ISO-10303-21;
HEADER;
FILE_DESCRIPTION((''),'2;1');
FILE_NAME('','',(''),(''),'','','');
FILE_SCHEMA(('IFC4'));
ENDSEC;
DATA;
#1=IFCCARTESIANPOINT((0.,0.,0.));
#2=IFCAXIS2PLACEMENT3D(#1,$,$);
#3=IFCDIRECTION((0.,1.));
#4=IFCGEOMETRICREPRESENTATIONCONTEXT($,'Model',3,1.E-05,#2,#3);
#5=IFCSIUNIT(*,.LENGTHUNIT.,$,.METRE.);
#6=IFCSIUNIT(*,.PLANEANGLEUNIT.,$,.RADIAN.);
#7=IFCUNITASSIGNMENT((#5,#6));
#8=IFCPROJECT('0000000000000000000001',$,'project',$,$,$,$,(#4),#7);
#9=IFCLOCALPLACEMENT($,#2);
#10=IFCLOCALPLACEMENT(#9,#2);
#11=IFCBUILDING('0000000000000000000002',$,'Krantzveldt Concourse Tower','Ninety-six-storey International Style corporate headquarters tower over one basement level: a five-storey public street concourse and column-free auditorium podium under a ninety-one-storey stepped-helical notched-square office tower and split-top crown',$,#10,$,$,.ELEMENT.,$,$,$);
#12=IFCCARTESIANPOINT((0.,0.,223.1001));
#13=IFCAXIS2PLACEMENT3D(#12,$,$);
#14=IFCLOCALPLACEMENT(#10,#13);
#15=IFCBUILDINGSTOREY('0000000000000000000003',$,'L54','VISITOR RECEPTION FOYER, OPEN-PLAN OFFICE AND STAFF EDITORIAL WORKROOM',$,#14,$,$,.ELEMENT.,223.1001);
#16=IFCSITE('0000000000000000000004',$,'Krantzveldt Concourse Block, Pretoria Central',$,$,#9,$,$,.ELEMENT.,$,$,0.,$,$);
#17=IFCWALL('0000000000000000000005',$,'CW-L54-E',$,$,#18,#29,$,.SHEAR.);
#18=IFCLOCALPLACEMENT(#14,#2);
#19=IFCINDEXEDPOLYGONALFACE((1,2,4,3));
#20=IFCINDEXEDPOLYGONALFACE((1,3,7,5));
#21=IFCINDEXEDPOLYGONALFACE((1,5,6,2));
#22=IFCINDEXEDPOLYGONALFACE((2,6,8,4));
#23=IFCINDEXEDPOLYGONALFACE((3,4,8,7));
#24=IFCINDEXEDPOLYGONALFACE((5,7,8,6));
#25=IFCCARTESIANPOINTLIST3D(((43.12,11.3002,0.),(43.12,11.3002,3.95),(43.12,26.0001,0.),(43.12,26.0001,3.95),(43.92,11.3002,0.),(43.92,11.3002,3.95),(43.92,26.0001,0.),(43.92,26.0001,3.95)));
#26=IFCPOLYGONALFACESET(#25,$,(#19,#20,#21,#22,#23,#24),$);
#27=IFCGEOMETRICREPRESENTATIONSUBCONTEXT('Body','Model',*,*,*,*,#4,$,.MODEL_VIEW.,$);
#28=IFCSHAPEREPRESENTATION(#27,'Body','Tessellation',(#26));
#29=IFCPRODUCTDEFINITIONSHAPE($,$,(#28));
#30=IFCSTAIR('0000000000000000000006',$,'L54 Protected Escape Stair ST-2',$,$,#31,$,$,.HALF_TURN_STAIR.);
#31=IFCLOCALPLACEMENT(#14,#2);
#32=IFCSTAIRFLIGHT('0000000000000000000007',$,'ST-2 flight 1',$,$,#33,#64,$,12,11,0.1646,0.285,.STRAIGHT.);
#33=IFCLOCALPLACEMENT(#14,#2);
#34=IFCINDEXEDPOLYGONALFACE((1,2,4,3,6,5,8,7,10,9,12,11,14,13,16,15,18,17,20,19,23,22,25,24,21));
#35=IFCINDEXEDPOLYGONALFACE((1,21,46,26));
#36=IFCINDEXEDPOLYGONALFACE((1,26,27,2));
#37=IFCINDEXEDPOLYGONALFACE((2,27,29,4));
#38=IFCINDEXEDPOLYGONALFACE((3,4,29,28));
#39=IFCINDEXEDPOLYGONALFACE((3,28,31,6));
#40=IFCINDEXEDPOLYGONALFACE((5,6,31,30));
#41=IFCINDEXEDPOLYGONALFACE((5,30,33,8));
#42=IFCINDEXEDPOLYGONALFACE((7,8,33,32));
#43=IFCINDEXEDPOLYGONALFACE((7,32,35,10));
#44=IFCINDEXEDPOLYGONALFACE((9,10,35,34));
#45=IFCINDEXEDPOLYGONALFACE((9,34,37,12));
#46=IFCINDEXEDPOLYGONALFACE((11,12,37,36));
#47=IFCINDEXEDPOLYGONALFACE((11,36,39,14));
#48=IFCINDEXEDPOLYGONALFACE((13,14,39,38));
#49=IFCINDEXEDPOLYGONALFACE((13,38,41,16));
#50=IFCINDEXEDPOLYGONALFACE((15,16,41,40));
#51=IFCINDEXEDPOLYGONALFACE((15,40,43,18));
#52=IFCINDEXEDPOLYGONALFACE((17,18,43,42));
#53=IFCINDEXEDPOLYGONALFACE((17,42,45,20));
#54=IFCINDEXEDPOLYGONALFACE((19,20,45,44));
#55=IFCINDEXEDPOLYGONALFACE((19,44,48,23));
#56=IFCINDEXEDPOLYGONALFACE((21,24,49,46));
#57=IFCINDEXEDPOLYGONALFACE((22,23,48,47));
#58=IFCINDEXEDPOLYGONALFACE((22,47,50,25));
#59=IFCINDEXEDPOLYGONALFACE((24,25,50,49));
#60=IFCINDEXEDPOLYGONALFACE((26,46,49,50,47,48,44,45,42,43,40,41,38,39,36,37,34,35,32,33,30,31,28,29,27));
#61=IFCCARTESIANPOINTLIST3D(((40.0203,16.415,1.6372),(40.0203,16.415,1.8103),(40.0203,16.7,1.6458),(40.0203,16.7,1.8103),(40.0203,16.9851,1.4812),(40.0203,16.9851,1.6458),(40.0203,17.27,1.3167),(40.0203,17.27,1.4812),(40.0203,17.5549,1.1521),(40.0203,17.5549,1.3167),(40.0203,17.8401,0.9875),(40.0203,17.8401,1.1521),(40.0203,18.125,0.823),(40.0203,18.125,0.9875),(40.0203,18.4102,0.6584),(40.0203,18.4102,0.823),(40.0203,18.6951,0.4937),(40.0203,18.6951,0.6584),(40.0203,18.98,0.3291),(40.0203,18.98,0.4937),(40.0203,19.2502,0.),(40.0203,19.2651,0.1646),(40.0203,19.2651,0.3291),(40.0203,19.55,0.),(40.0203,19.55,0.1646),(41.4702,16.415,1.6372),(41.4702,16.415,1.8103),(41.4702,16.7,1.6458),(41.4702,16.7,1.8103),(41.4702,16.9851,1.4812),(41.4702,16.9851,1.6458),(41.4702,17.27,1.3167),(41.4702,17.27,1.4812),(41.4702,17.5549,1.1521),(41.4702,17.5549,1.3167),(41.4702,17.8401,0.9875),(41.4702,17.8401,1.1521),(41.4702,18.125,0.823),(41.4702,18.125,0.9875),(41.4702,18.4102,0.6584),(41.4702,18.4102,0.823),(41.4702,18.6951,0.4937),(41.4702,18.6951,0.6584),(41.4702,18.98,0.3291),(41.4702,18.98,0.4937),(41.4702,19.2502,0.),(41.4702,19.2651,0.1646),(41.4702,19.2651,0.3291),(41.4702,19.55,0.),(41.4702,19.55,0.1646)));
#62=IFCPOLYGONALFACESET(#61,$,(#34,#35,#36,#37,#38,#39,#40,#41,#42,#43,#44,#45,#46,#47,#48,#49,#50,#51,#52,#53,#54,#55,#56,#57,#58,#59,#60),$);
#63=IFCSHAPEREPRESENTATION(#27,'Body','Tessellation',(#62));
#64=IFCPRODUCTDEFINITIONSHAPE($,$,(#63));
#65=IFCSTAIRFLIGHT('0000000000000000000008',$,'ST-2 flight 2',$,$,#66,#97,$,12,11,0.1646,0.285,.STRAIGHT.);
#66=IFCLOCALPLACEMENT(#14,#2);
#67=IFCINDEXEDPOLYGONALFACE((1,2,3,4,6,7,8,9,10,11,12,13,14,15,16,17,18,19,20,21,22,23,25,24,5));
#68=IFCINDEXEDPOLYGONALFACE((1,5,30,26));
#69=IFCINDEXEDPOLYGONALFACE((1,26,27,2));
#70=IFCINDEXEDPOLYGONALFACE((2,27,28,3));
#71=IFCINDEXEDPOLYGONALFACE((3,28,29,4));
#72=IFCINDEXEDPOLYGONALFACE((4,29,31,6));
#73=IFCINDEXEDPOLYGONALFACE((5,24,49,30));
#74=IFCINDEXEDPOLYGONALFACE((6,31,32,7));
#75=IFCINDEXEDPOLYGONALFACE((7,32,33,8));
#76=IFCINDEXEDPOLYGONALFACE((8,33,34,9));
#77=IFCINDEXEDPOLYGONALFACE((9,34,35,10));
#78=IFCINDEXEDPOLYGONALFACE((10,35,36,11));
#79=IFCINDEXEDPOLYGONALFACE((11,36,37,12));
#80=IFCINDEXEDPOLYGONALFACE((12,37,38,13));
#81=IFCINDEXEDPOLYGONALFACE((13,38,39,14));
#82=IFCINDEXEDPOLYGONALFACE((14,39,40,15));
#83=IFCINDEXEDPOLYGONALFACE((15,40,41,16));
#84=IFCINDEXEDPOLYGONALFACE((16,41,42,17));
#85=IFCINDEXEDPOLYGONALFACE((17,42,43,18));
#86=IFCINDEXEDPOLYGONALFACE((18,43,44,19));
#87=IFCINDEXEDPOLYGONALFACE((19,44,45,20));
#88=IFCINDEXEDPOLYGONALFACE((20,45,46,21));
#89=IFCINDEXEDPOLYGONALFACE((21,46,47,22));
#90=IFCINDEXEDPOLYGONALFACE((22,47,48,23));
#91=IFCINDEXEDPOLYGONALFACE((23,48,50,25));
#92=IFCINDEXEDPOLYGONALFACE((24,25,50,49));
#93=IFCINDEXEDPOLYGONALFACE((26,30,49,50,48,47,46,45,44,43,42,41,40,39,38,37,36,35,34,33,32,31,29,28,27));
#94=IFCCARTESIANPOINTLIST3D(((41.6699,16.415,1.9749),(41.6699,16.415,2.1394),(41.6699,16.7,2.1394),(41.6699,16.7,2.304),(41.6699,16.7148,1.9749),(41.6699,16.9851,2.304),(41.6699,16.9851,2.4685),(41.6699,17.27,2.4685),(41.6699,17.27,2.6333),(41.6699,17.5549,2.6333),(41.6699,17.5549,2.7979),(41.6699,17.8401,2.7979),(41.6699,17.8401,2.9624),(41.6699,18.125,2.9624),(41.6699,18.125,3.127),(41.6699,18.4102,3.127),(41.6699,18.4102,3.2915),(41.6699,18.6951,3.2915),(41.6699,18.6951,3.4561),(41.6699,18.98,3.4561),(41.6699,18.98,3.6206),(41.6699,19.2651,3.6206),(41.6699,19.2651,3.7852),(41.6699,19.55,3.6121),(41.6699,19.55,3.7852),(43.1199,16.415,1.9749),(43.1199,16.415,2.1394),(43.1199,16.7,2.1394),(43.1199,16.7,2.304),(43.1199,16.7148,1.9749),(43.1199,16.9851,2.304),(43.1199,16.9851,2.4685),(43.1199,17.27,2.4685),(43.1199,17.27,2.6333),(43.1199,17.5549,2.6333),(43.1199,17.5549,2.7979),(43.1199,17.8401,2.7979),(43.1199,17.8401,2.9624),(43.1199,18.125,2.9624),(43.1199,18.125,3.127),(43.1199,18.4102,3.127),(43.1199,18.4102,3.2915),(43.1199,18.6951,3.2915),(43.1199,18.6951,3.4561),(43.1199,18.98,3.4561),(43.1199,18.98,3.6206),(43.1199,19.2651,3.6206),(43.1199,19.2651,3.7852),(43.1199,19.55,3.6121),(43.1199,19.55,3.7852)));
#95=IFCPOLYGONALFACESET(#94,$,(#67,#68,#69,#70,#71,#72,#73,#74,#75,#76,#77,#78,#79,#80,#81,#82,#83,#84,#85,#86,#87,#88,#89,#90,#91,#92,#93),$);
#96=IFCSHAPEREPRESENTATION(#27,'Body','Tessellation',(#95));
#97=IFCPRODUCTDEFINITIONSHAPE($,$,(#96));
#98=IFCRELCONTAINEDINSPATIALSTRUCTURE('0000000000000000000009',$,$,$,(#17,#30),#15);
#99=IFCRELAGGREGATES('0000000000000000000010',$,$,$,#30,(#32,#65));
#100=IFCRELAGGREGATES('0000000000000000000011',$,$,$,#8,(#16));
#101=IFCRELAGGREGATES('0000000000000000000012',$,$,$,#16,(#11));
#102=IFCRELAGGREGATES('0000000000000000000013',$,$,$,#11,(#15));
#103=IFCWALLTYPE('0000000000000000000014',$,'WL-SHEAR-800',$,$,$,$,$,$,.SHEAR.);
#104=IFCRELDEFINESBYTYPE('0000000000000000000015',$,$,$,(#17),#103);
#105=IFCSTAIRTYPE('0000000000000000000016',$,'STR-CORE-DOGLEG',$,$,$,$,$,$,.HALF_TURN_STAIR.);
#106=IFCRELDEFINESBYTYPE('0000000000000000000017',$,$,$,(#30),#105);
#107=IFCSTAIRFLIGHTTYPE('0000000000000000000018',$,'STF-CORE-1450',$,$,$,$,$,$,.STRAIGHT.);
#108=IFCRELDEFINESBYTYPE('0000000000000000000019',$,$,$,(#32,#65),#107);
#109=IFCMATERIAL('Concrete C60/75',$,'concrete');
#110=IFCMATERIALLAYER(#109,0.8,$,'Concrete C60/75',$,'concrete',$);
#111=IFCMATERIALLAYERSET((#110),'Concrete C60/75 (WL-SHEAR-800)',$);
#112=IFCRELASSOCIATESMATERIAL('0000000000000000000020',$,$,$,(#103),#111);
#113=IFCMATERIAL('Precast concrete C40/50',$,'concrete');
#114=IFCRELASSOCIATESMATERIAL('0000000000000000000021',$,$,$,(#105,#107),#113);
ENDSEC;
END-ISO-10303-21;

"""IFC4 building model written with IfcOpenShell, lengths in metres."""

from ifc_helpers import new_model, si_unit, direction, frame, frame_2d, origin, place, context, subcontext, project, spatial, polyline, rectangle, outline, extrude, material, layer, layer_set, type_object, element, aggregate, save


model = new_model("IFC4")

# Units and contexts
model_context = context("Model", 3, precision=1e-05, world=origin(), true_north=direction((0.0, 1.0)))
body_context = subcontext(model_context, "Body", "Model", "MODEL_VIEW")
ifc_project = project(units=[si_unit("LENGTHUNIT", "METRE"), si_unit("PLANEANGLEUNIT", "RADIAN")], contexts=[model_context])

# Site, building, storey
site_placement = place(None, origin())
site = spatial("IfcSite", under=ifc_project, at=site_placement, Name="Krantzveldt Concourse Block, Pretoria Central", CompositionType="ELEMENT", RefElevation=0.0)
building_placement = place(site_placement, origin())
building = spatial("IfcBuilding", under=site, at=building_placement, Name="Krantzveldt Concourse Tower", Description="Ninety-six-storey International Style corporate headquarters tower over one basement level: a five-storey public street concourse and column-free auditorium podium under a ninety-one-storey stepped-helical notched-square office tower and split-top crown", CompositionType="ELEMENT")
storey_placement = place(building_placement, frame((0.0, 0.0, 223.1001)))
storey = spatial("IfcBuildingStorey", under=building, at=storey_placement, Name="L54", Description="VISITOR RECEPTION FOYER, OPEN-PLAN OFFICE AND STAFF EDITORIAL WORKROOM", CompositionType="ELEMENT", Elevation=223.1001)

# Wall
ifc_material_1 = material(Name="Concrete C60/75", Category="concrete")
ifc_layer_1 = layer(ifc_material_1, 0.8, Name="Concrete C60/75", Category="concrete")
ifc_layer_set_1 = layer_set([ifc_layer_1], Name="Concrete C60/75 (WL-SHEAR-800)")
wall_type_1 = type_object("IfcWallType", Name="WL-SHEAR-800", PredefinedType="SHEAR", material=ifc_layer_set_1)
wall_1_placement = place(storey_placement, frame((43.52, 11.3, 0.0), z_axis=(0.0, 0.0, 1.0), x_axis=(0.0, 1.0, 0.0)))
element("IfcWall", 1, at=wall_1_placement, inside=storey, type_object=wall_type_1, Name="CW-L54-E", PredefinedType="SHEAR", context=body_context, shape_type="SweptSolid", body=[
    extrude(rectangle(XDim=14.7, YDim=0.8, at=frame_2d((7.3501, 0.0))), origin(), (0.0, 0.0, 1.0), 3.95),
])

# Stair, stair flights
ifc_material_2 = material(Name="Precast concrete C40/50", Category="concrete")
stair_type = type_object("IfcStairType", Name="STR-CORE-DOGLEG", PredefinedType="HALF_TURN_STAIR", material=ifc_material_2)
stair_placement = place(storey_placement, origin())
stair = element("IfcStair", 2, at=stair_placement, inside=storey, type_object=stair_type, Name="L54 Protected Escape Stair ST-2", PredefinedType="HALF_TURN_STAIR")
stair_flight_type = type_object("IfcStairFlightType", Name="STF-CORE-1450", PredefinedType="STRAIGHT", material=ifc_material_2)
stair_flight_1_placement = place(storey_placement, frame((40.7451, 19.55, 0.0), z_axis=(0.0, 0.0, 1.0), x_axis=(0.0, -1.0, 0.0)))
stair_flight_1 = element("IfcStairFlight", 3, at=stair_flight_1_placement, type_object=stair_flight_type, Name="ST-2 flight 1", NumberOfRisers=12, NumberOfTreads=11, PredefinedType="STRAIGHT", RiserHeight=0.1646, TreadLength=0.285, context=body_context, shape_type="SweptSolid", body=[
    extrude(outline(polyline([(0.0, 0.0), (0.0, 0.1646), (0.2849, 0.1646), (0.2849, 0.3291), (0.5701, 0.3291), (0.5701, 0.4937), (0.855, 0.4937), (0.855, 0.6584), (1.1399, 0.6584), (1.1399, 0.823), (1.425, 0.823), (1.425, 0.9875), (1.71, 0.9875), (1.71, 1.1521), (1.9951, 1.1521), (1.9951, 1.3167), (2.28, 1.3167), (2.28, 1.4812), (2.5649, 1.4812), (2.5649, 1.6458), (2.8501, 1.6458), (2.8501, 1.8103), (3.135, 1.8103), (3.135, 1.9751), (3.135, 1.6372), (0.2998, 0.0), (0.0, 0.0)])), frame((0.0, 0.7251, 0.0), z_axis=(0.0, -1.0, 0.0), x_axis=(1.0, 0.0, 0.0)), (0.0, 0.0, 1.0), 1.45),
])
stair_flight_2_placement = place(storey_placement, frame((42.395, 16.415, 1.9749), z_axis=(0.0, 0.0, 1.0), x_axis=(0.0, 1.0, 0.0)))
stair_flight_2 = element("IfcStairFlight", 4, at=stair_flight_2_placement, type_object=stair_flight_type, Name="ST-2 flight 2", NumberOfRisers=12, NumberOfTreads=11, PredefinedType="STRAIGHT", RiserHeight=0.1646, TreadLength=0.285, context=body_context, shape_type="SweptSolid", body=[
    extrude(outline(polyline([(0.0, 0.0), (0.0, 0.1646), (0.2849, 0.1646), (0.2849, 0.3291), (0.5701, 0.3291), (0.5701, 0.4937), (0.855, 0.4937), (0.855, 0.6584), (1.1399, 0.6584), (1.1399, 0.823), (1.425, 0.823), (1.425, 0.9875), (1.71, 0.9875), (1.71, 1.1521), (1.9951, 1.1521), (1.9951, 1.3167), (2.28, 1.3167), (2.28, 1.4812), (2.5649, 1.4812), (2.5649, 1.6458), (2.8501, 1.6458), (2.8501, 1.8103), (3.135, 1.8103), (3.135, 1.9751), (3.135, 1.6372), (0.2998, 0.0), (0.0, 0.0)])), frame((0.0, 0.7251, 0.0), z_axis=(0.0, -1.0, 0.0), x_axis=(1.0, 0.0, 0.0)), (0.0, 0.0, 1.0), 1.45),
])
aggregate(stair, [stair_flight_1, stair_flight_2])

save(model, "model.ifc")
